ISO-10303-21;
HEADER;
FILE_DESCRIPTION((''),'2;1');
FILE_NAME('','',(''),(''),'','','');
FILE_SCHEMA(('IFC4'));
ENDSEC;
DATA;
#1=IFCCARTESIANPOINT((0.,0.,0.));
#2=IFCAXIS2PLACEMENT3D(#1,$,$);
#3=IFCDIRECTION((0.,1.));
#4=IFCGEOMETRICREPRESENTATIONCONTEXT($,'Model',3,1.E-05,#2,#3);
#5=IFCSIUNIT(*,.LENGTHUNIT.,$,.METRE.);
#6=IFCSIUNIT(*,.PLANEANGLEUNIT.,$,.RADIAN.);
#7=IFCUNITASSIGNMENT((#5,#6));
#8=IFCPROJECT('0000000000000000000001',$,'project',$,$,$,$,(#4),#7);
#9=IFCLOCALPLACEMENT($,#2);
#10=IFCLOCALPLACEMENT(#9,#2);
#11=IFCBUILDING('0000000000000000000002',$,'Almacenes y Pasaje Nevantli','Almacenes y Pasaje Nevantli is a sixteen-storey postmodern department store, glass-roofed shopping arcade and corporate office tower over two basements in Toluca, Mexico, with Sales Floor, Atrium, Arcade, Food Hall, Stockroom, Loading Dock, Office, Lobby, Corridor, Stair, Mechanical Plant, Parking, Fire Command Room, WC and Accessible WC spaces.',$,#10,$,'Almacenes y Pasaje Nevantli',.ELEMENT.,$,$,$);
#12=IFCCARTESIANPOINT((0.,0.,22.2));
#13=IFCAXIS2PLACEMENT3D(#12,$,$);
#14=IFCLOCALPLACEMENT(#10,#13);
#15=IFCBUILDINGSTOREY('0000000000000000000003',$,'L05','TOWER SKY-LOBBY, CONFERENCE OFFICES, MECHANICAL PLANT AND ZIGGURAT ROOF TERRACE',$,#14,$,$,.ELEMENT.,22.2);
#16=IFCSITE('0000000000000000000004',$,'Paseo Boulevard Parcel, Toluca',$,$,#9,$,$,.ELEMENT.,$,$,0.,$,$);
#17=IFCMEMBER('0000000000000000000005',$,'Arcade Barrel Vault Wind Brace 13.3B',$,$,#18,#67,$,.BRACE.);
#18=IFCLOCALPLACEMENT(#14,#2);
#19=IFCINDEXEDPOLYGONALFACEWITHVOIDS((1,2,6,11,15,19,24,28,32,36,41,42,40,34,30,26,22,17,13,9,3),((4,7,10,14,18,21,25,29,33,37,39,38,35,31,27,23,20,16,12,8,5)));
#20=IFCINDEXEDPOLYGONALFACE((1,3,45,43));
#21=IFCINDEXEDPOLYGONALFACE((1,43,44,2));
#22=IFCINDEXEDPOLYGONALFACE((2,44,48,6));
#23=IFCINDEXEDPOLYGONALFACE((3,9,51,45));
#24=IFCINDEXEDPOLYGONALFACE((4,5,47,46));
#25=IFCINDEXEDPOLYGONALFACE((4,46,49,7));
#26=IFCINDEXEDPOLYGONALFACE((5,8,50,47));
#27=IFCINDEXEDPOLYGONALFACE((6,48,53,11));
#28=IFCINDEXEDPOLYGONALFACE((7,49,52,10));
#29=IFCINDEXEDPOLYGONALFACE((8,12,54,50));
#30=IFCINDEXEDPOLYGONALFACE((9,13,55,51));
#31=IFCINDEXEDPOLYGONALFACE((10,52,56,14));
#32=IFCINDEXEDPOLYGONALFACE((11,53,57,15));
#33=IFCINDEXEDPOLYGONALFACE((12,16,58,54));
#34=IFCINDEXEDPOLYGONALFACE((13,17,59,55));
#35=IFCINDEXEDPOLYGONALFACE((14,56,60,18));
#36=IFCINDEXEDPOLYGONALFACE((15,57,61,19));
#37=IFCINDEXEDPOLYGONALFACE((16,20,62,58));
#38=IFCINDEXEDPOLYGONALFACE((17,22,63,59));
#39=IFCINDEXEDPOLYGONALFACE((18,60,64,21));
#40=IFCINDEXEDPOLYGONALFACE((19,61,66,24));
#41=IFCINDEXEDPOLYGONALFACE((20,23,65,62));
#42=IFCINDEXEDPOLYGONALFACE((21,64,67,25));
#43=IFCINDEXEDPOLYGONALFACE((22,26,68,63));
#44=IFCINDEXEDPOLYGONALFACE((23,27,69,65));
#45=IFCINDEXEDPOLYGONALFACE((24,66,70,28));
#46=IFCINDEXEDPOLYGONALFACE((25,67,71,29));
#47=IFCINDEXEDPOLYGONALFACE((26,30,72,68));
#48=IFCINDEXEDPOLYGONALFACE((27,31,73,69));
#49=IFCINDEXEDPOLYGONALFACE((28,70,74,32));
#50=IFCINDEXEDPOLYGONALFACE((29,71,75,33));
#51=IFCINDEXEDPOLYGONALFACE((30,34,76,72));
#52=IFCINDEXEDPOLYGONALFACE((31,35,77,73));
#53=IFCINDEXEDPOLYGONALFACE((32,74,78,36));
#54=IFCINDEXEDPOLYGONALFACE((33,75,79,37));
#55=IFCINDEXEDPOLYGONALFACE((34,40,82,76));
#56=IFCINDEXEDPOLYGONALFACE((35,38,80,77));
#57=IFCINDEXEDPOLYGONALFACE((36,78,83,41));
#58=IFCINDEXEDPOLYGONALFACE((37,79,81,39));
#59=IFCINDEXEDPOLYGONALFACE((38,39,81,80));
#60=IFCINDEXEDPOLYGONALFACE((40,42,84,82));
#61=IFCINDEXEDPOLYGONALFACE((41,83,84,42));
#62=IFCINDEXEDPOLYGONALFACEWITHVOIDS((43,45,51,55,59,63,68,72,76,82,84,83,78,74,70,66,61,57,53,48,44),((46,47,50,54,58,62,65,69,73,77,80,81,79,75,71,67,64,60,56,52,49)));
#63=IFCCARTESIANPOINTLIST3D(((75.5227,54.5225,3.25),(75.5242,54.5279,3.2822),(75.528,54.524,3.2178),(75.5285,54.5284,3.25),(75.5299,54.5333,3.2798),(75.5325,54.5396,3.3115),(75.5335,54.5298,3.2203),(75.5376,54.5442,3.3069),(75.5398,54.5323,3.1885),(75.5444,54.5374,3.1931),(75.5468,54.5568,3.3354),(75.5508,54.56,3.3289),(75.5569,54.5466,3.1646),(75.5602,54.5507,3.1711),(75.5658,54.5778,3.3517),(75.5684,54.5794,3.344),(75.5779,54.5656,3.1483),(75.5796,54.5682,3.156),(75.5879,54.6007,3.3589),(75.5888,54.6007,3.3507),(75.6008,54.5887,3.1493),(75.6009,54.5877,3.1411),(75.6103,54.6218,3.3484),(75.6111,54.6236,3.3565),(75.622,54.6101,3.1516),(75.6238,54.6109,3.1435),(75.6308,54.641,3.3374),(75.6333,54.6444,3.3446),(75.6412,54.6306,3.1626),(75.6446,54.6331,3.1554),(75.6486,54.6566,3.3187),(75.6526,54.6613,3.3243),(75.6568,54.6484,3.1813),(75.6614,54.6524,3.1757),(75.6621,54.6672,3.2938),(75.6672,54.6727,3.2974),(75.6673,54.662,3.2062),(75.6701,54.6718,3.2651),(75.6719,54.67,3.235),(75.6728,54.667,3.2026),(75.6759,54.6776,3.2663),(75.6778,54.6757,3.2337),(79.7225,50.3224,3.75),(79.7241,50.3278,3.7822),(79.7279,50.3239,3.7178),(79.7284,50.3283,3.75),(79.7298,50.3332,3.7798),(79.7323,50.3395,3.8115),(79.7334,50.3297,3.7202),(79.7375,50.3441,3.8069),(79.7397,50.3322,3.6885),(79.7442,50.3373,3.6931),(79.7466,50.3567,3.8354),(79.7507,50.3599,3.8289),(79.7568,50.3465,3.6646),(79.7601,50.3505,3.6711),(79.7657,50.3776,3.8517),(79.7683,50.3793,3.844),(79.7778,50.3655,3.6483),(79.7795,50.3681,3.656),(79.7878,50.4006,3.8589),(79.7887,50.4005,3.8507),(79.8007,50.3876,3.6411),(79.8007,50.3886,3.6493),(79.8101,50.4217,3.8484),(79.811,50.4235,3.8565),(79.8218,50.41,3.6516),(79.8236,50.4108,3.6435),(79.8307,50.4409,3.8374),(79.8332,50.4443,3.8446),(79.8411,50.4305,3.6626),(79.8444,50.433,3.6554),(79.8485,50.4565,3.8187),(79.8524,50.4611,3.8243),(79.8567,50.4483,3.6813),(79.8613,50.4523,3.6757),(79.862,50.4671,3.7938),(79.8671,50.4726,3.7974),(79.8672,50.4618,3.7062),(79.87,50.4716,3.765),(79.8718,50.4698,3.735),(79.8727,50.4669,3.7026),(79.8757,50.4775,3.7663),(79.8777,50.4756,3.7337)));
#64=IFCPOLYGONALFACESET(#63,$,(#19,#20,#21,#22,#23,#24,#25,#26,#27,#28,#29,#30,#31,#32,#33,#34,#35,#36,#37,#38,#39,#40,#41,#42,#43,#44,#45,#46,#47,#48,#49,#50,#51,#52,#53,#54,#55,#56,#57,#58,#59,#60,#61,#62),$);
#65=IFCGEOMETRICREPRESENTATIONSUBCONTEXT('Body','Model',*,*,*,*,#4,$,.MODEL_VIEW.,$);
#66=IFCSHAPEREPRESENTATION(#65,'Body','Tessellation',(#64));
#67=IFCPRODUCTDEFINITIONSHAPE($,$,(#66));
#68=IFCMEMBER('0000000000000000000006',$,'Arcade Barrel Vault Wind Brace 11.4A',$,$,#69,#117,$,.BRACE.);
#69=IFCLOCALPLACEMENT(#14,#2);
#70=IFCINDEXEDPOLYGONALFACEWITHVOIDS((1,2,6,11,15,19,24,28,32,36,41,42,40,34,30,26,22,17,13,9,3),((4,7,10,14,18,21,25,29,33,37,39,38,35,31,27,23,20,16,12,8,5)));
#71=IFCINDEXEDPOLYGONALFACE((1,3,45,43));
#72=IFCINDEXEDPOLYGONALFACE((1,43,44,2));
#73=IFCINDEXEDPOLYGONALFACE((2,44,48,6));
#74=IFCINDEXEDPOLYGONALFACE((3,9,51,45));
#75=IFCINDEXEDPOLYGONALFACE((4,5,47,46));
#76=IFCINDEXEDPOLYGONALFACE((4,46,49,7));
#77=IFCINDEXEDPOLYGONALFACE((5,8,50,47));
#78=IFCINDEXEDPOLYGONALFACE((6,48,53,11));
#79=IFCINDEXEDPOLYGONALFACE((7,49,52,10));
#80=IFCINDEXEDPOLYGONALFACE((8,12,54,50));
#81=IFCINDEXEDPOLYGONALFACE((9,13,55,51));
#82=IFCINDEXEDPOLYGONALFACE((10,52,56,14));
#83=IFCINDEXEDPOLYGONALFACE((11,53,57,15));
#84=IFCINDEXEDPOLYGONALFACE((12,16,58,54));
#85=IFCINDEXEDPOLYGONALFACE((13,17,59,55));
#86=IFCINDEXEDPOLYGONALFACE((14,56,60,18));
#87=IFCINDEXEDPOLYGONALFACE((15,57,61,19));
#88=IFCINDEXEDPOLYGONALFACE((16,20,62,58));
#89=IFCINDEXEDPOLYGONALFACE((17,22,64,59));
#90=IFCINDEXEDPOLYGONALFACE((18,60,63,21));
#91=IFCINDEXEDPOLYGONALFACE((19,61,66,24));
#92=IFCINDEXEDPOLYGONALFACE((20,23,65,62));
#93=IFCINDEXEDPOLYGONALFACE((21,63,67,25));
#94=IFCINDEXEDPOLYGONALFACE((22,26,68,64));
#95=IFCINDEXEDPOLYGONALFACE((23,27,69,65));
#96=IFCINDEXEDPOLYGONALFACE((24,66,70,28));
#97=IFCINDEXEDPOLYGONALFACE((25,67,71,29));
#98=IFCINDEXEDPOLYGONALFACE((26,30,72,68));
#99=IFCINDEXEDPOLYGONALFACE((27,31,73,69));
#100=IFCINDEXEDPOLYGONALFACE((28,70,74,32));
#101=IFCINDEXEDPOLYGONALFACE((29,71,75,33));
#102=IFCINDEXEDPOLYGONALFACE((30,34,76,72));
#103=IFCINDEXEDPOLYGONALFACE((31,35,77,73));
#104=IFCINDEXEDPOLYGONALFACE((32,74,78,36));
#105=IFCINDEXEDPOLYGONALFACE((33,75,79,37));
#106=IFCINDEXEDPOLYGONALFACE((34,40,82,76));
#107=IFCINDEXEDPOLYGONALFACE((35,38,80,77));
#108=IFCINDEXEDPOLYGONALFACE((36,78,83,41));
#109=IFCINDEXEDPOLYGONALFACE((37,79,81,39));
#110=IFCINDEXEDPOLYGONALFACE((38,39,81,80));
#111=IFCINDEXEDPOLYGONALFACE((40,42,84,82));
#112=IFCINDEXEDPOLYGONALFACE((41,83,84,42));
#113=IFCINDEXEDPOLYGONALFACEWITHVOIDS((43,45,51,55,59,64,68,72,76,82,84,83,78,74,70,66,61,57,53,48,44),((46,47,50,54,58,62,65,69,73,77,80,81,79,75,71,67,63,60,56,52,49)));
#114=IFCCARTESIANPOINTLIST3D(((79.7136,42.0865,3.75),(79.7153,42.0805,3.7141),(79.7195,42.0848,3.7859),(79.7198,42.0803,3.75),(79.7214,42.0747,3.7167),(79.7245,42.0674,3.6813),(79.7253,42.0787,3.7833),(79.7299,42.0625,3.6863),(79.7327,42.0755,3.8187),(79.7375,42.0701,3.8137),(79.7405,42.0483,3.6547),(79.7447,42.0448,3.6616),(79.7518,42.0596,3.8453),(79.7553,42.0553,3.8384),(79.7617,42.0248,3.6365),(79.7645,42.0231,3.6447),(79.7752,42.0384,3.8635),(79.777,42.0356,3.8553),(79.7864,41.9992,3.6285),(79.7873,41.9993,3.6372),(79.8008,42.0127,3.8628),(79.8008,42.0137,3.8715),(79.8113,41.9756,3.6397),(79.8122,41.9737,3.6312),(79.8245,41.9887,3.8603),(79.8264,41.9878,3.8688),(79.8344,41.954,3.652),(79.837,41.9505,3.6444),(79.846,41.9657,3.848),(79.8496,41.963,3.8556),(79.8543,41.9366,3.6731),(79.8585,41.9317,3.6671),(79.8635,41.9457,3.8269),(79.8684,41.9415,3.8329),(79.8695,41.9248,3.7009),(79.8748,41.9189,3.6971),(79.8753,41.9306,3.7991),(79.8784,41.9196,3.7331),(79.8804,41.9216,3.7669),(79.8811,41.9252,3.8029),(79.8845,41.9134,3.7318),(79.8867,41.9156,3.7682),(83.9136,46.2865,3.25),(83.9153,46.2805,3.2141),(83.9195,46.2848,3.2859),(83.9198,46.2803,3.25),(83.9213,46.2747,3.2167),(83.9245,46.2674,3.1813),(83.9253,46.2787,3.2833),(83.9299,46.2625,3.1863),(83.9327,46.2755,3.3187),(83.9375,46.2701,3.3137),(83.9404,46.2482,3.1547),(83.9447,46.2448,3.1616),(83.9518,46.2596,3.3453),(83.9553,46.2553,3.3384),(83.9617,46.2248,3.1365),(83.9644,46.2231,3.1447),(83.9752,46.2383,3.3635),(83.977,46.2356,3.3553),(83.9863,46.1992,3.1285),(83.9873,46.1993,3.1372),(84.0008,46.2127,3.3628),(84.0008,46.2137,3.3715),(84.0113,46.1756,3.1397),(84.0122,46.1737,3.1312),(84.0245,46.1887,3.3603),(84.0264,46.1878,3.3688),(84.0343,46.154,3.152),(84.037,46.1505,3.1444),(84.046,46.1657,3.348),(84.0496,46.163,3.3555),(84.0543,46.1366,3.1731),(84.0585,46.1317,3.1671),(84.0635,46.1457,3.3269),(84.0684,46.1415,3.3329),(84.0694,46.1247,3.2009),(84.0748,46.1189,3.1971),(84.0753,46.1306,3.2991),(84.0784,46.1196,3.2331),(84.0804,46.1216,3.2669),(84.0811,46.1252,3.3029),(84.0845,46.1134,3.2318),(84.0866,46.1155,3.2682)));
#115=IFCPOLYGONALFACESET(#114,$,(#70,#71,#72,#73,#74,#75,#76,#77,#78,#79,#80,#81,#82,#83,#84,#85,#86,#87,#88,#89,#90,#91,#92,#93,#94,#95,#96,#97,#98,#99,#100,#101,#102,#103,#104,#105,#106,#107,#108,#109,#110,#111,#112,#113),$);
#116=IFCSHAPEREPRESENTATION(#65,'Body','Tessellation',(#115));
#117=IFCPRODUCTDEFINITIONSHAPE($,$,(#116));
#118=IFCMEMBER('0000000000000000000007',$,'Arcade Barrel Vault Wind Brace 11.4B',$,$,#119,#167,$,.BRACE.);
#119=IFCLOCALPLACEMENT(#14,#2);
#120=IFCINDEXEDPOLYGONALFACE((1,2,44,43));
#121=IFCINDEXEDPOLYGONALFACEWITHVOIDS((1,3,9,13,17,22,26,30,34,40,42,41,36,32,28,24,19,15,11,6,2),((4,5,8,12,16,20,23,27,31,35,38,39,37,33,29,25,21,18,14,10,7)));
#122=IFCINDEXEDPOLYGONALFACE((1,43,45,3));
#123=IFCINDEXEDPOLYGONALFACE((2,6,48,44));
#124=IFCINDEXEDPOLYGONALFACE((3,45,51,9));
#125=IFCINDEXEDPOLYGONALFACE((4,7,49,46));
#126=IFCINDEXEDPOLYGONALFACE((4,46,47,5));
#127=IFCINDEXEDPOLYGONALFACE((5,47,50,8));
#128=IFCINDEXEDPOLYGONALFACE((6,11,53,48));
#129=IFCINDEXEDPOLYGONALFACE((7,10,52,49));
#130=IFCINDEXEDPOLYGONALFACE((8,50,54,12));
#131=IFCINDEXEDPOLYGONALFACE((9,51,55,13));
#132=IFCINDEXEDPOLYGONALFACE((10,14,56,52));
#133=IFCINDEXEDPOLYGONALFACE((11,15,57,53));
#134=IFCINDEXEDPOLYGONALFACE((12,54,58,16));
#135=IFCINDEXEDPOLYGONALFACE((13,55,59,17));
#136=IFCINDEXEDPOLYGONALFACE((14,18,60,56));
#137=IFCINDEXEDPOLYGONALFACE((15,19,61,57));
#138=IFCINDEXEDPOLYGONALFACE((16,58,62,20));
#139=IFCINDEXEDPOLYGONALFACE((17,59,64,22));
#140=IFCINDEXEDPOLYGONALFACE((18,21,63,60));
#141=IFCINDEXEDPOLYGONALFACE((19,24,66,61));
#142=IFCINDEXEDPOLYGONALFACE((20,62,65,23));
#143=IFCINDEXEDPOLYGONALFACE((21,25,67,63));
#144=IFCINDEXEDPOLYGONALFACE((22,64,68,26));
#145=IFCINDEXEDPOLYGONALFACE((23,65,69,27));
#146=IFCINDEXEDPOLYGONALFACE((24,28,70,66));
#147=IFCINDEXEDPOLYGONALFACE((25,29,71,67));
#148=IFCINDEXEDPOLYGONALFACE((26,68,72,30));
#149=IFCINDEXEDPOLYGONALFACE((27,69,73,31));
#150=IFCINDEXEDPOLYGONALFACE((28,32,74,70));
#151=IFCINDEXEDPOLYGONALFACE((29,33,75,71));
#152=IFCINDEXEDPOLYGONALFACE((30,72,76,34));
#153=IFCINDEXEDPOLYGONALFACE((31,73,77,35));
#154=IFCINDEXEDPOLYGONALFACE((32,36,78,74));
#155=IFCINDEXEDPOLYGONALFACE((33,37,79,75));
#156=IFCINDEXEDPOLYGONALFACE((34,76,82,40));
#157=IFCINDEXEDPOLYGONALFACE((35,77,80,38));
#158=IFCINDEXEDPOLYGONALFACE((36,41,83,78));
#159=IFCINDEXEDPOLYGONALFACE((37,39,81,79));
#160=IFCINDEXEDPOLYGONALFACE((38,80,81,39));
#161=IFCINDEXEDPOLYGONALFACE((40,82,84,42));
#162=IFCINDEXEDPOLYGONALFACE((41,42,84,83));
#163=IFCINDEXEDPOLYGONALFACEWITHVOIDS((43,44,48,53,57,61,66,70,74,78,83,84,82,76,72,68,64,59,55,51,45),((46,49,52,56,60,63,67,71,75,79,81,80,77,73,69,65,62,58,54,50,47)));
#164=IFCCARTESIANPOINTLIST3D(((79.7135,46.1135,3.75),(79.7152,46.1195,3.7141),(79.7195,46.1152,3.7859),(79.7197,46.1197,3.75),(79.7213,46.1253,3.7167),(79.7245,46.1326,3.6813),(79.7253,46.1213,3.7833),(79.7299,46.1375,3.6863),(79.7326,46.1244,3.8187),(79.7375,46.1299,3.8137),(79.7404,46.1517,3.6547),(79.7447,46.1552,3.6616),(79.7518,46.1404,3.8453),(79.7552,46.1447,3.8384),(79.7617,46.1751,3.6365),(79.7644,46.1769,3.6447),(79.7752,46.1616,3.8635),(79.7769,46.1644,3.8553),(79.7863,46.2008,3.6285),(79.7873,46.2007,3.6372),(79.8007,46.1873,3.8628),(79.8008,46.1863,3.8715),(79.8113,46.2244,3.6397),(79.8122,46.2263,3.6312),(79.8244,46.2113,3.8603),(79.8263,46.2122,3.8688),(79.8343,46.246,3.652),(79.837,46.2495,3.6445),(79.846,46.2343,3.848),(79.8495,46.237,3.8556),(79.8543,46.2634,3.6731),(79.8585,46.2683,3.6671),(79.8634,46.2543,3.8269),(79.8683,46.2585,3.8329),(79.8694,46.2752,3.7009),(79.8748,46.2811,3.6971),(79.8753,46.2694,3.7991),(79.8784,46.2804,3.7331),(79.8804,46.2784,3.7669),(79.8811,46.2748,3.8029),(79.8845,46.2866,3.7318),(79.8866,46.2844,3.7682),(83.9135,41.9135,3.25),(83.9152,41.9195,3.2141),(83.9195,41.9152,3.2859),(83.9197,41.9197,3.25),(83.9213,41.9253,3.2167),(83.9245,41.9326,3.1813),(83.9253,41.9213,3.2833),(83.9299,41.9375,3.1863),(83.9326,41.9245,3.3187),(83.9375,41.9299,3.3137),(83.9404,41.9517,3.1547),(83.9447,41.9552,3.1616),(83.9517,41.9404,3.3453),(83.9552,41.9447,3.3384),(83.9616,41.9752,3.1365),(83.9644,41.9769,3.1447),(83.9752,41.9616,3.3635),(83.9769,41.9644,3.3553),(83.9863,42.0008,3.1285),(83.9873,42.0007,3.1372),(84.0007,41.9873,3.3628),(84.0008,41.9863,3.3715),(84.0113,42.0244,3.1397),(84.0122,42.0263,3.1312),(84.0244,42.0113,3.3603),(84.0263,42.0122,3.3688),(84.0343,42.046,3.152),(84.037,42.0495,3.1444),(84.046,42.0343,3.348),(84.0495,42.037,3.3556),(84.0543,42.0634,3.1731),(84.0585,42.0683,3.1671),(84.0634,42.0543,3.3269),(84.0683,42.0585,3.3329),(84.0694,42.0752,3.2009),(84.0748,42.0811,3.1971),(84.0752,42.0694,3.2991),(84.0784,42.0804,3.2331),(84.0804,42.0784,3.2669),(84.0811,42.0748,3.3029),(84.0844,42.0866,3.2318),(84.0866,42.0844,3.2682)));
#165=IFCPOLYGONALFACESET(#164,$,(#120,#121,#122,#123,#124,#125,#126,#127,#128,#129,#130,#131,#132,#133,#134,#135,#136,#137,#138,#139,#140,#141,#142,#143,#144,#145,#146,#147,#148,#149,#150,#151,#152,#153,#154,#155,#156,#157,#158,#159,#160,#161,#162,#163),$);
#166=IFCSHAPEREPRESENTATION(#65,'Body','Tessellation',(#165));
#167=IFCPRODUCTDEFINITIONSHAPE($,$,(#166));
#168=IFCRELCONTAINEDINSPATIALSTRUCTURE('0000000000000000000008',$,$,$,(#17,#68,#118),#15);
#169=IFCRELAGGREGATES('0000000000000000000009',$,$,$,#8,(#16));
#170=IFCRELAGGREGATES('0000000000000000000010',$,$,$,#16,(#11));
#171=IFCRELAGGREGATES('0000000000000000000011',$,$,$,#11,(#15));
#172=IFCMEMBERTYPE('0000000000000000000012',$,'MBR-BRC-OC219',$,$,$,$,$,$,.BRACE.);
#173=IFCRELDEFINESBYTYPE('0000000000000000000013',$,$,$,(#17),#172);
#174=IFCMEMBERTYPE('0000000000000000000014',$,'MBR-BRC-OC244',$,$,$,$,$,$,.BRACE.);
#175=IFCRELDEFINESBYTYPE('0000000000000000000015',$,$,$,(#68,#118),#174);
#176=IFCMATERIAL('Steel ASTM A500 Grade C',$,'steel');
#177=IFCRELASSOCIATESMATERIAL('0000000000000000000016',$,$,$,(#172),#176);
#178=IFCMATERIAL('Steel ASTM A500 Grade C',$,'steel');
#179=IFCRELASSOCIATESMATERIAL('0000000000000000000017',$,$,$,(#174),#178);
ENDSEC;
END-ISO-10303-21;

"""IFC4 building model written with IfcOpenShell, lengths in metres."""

from ifc_helpers import new_model, si_unit, direction, frame, origin, origin_2d, place, context, subcontext, project, spatial, hollow_circle, extrude, material, material_profile, profile_set, type_object, element, save


model = new_model("IFC4")

# Units and contexts
model_context = context("Model", 3, precision=1e-05, world=origin(), true_north=direction((0.0, 1.0)))
body_context = subcontext(model_context, "Body", "Model", "MODEL_VIEW")
ifc_project = project(units=[si_unit("LENGTHUNIT", "METRE"), si_unit("PLANEANGLEUNIT", "RADIAN")], contexts=[model_context])

# Site, building, storey
site_placement = place(None, origin())
site = spatial("IfcSite", under=ifc_project, at=site_placement, Name="Paseo Boulevard Parcel, Toluca", CompositionType="ELEMENT", RefElevation=0.0)
building_placement = place(site_placement, origin())
building = spatial("IfcBuilding", under=site, at=building_placement, Name="Almacenes y Pasaje Nevantli", Description="Almacenes y Pasaje Nevantli is a sixteen-storey postmodern department store, glass-roofed shopping arcade and corporate office tower over two basements in Toluca, Mexico, with Sales Floor, Atrium, Arcade, Food Hall, Stockroom, Loading Dock, Office, Lobby, Corridor, Stair, Mechanical Plant, Parking, Fire Command Room, WC and Accessible WC spaces.", LongName="Almacenes y Pasaje Nevantli", CompositionType="ELEMENT")
storey_placement = place(building_placement, frame((0.0, 0.0, 22.2)))
storey = spatial("IfcBuildingStorey", under=building, at=storey_placement, Name="L05", Description="TOWER SKY-LOBBY, CONFERENCE OFFICES, MECHANICAL PLANT AND ZIGGURAT ROOF TERRACE", CompositionType="ELEMENT", Elevation=22.2)

# Members
ifc_material_1 = material(Name="Steel ASTM A500 Grade C", Category="steel")
ifc_material_profile_1 = material_profile(ifc_material_1, hollow_circle(Radius=0.1096, WallThickness=0.0083, at=origin_2d()), Name="OC 219x8.2")
ifc_profile_set_1 = profile_set([ifc_material_profile_1], Name="Steel ASTM A500 Grade C")
member_type_1 = type_object("IfcMemberType", Name="MBR-BRC-OC219", PredefinedType="BRACE", material=ifc_profile_set_1)
for number, where, z_axis, x_axis, name in (
    (1, (79.8, 50.3999, 3.75), (-0.704594, 0.704635, -0.083881), (-0.707127, -0.707086, 0.0), "Arcade Barrel Vault Wind Brace 13.3B"),
):
    element("IfcMember", number, at=place(storey_placement, frame(where, z_axis=z_axis, x_axis=x_axis)), inside=storey, type_object=member_type_1, Name=name, PredefinedType="BRACE", context=body_context, shape_type="SweptSolid", body=[
        extrude(hollow_circle(Radius=0.1096, WallThickness=0.0083, at=origin_2d()), origin(), (0.0, 0.0, 1.0), 5.9607),
    ])
ifc_material_2 = material(Name="Steel ASTM A500 Grade C", Category="steel")
ifc_material_profile_2 = material_profile(ifc_material_2, hollow_circle(Radius=0.1223, WallThickness=0.0088, at=origin_2d()), Name="OC 244x8.9")
ifc_profile_set_2 = profile_set([ifc_material_profile_2], Name="Steel ASTM A500 Grade C")
member_type_2 = type_object("IfcMemberType", Name="MBR-BRC-OC244", PredefinedType="BRACE", material=ifc_profile_set_2)
for number, where, z_axis, x_axis, name in (
    (2, (79.8, 42.0, 3.75), (0.704615, 0.704615, -0.083884), (-0.707107, 0.707107, 0.0), "Arcade Barrel Vault Wind Brace 11.4A"),
    (3, (84.0, 42.0, 3.25), (-0.704615, 0.704615, 0.083884), (-0.707107, -0.707107, 0.0), "Arcade Barrel Vault Wind Brace 11.4B"),
):
    element("IfcMember", number, at=place(storey_placement, frame(where, z_axis=z_axis, x_axis=x_axis)), inside=storey, type_object=member_type_2, Name=name, PredefinedType="BRACE", context=body_context, shape_type="SweptSolid", body=[
        extrude(hollow_circle(Radius=0.1223, WallThickness=0.0088, at=origin_2d()), origin(), (0.0, 0.0, 1.0), 5.9607),
    ])

save(model, "model.ifc")
